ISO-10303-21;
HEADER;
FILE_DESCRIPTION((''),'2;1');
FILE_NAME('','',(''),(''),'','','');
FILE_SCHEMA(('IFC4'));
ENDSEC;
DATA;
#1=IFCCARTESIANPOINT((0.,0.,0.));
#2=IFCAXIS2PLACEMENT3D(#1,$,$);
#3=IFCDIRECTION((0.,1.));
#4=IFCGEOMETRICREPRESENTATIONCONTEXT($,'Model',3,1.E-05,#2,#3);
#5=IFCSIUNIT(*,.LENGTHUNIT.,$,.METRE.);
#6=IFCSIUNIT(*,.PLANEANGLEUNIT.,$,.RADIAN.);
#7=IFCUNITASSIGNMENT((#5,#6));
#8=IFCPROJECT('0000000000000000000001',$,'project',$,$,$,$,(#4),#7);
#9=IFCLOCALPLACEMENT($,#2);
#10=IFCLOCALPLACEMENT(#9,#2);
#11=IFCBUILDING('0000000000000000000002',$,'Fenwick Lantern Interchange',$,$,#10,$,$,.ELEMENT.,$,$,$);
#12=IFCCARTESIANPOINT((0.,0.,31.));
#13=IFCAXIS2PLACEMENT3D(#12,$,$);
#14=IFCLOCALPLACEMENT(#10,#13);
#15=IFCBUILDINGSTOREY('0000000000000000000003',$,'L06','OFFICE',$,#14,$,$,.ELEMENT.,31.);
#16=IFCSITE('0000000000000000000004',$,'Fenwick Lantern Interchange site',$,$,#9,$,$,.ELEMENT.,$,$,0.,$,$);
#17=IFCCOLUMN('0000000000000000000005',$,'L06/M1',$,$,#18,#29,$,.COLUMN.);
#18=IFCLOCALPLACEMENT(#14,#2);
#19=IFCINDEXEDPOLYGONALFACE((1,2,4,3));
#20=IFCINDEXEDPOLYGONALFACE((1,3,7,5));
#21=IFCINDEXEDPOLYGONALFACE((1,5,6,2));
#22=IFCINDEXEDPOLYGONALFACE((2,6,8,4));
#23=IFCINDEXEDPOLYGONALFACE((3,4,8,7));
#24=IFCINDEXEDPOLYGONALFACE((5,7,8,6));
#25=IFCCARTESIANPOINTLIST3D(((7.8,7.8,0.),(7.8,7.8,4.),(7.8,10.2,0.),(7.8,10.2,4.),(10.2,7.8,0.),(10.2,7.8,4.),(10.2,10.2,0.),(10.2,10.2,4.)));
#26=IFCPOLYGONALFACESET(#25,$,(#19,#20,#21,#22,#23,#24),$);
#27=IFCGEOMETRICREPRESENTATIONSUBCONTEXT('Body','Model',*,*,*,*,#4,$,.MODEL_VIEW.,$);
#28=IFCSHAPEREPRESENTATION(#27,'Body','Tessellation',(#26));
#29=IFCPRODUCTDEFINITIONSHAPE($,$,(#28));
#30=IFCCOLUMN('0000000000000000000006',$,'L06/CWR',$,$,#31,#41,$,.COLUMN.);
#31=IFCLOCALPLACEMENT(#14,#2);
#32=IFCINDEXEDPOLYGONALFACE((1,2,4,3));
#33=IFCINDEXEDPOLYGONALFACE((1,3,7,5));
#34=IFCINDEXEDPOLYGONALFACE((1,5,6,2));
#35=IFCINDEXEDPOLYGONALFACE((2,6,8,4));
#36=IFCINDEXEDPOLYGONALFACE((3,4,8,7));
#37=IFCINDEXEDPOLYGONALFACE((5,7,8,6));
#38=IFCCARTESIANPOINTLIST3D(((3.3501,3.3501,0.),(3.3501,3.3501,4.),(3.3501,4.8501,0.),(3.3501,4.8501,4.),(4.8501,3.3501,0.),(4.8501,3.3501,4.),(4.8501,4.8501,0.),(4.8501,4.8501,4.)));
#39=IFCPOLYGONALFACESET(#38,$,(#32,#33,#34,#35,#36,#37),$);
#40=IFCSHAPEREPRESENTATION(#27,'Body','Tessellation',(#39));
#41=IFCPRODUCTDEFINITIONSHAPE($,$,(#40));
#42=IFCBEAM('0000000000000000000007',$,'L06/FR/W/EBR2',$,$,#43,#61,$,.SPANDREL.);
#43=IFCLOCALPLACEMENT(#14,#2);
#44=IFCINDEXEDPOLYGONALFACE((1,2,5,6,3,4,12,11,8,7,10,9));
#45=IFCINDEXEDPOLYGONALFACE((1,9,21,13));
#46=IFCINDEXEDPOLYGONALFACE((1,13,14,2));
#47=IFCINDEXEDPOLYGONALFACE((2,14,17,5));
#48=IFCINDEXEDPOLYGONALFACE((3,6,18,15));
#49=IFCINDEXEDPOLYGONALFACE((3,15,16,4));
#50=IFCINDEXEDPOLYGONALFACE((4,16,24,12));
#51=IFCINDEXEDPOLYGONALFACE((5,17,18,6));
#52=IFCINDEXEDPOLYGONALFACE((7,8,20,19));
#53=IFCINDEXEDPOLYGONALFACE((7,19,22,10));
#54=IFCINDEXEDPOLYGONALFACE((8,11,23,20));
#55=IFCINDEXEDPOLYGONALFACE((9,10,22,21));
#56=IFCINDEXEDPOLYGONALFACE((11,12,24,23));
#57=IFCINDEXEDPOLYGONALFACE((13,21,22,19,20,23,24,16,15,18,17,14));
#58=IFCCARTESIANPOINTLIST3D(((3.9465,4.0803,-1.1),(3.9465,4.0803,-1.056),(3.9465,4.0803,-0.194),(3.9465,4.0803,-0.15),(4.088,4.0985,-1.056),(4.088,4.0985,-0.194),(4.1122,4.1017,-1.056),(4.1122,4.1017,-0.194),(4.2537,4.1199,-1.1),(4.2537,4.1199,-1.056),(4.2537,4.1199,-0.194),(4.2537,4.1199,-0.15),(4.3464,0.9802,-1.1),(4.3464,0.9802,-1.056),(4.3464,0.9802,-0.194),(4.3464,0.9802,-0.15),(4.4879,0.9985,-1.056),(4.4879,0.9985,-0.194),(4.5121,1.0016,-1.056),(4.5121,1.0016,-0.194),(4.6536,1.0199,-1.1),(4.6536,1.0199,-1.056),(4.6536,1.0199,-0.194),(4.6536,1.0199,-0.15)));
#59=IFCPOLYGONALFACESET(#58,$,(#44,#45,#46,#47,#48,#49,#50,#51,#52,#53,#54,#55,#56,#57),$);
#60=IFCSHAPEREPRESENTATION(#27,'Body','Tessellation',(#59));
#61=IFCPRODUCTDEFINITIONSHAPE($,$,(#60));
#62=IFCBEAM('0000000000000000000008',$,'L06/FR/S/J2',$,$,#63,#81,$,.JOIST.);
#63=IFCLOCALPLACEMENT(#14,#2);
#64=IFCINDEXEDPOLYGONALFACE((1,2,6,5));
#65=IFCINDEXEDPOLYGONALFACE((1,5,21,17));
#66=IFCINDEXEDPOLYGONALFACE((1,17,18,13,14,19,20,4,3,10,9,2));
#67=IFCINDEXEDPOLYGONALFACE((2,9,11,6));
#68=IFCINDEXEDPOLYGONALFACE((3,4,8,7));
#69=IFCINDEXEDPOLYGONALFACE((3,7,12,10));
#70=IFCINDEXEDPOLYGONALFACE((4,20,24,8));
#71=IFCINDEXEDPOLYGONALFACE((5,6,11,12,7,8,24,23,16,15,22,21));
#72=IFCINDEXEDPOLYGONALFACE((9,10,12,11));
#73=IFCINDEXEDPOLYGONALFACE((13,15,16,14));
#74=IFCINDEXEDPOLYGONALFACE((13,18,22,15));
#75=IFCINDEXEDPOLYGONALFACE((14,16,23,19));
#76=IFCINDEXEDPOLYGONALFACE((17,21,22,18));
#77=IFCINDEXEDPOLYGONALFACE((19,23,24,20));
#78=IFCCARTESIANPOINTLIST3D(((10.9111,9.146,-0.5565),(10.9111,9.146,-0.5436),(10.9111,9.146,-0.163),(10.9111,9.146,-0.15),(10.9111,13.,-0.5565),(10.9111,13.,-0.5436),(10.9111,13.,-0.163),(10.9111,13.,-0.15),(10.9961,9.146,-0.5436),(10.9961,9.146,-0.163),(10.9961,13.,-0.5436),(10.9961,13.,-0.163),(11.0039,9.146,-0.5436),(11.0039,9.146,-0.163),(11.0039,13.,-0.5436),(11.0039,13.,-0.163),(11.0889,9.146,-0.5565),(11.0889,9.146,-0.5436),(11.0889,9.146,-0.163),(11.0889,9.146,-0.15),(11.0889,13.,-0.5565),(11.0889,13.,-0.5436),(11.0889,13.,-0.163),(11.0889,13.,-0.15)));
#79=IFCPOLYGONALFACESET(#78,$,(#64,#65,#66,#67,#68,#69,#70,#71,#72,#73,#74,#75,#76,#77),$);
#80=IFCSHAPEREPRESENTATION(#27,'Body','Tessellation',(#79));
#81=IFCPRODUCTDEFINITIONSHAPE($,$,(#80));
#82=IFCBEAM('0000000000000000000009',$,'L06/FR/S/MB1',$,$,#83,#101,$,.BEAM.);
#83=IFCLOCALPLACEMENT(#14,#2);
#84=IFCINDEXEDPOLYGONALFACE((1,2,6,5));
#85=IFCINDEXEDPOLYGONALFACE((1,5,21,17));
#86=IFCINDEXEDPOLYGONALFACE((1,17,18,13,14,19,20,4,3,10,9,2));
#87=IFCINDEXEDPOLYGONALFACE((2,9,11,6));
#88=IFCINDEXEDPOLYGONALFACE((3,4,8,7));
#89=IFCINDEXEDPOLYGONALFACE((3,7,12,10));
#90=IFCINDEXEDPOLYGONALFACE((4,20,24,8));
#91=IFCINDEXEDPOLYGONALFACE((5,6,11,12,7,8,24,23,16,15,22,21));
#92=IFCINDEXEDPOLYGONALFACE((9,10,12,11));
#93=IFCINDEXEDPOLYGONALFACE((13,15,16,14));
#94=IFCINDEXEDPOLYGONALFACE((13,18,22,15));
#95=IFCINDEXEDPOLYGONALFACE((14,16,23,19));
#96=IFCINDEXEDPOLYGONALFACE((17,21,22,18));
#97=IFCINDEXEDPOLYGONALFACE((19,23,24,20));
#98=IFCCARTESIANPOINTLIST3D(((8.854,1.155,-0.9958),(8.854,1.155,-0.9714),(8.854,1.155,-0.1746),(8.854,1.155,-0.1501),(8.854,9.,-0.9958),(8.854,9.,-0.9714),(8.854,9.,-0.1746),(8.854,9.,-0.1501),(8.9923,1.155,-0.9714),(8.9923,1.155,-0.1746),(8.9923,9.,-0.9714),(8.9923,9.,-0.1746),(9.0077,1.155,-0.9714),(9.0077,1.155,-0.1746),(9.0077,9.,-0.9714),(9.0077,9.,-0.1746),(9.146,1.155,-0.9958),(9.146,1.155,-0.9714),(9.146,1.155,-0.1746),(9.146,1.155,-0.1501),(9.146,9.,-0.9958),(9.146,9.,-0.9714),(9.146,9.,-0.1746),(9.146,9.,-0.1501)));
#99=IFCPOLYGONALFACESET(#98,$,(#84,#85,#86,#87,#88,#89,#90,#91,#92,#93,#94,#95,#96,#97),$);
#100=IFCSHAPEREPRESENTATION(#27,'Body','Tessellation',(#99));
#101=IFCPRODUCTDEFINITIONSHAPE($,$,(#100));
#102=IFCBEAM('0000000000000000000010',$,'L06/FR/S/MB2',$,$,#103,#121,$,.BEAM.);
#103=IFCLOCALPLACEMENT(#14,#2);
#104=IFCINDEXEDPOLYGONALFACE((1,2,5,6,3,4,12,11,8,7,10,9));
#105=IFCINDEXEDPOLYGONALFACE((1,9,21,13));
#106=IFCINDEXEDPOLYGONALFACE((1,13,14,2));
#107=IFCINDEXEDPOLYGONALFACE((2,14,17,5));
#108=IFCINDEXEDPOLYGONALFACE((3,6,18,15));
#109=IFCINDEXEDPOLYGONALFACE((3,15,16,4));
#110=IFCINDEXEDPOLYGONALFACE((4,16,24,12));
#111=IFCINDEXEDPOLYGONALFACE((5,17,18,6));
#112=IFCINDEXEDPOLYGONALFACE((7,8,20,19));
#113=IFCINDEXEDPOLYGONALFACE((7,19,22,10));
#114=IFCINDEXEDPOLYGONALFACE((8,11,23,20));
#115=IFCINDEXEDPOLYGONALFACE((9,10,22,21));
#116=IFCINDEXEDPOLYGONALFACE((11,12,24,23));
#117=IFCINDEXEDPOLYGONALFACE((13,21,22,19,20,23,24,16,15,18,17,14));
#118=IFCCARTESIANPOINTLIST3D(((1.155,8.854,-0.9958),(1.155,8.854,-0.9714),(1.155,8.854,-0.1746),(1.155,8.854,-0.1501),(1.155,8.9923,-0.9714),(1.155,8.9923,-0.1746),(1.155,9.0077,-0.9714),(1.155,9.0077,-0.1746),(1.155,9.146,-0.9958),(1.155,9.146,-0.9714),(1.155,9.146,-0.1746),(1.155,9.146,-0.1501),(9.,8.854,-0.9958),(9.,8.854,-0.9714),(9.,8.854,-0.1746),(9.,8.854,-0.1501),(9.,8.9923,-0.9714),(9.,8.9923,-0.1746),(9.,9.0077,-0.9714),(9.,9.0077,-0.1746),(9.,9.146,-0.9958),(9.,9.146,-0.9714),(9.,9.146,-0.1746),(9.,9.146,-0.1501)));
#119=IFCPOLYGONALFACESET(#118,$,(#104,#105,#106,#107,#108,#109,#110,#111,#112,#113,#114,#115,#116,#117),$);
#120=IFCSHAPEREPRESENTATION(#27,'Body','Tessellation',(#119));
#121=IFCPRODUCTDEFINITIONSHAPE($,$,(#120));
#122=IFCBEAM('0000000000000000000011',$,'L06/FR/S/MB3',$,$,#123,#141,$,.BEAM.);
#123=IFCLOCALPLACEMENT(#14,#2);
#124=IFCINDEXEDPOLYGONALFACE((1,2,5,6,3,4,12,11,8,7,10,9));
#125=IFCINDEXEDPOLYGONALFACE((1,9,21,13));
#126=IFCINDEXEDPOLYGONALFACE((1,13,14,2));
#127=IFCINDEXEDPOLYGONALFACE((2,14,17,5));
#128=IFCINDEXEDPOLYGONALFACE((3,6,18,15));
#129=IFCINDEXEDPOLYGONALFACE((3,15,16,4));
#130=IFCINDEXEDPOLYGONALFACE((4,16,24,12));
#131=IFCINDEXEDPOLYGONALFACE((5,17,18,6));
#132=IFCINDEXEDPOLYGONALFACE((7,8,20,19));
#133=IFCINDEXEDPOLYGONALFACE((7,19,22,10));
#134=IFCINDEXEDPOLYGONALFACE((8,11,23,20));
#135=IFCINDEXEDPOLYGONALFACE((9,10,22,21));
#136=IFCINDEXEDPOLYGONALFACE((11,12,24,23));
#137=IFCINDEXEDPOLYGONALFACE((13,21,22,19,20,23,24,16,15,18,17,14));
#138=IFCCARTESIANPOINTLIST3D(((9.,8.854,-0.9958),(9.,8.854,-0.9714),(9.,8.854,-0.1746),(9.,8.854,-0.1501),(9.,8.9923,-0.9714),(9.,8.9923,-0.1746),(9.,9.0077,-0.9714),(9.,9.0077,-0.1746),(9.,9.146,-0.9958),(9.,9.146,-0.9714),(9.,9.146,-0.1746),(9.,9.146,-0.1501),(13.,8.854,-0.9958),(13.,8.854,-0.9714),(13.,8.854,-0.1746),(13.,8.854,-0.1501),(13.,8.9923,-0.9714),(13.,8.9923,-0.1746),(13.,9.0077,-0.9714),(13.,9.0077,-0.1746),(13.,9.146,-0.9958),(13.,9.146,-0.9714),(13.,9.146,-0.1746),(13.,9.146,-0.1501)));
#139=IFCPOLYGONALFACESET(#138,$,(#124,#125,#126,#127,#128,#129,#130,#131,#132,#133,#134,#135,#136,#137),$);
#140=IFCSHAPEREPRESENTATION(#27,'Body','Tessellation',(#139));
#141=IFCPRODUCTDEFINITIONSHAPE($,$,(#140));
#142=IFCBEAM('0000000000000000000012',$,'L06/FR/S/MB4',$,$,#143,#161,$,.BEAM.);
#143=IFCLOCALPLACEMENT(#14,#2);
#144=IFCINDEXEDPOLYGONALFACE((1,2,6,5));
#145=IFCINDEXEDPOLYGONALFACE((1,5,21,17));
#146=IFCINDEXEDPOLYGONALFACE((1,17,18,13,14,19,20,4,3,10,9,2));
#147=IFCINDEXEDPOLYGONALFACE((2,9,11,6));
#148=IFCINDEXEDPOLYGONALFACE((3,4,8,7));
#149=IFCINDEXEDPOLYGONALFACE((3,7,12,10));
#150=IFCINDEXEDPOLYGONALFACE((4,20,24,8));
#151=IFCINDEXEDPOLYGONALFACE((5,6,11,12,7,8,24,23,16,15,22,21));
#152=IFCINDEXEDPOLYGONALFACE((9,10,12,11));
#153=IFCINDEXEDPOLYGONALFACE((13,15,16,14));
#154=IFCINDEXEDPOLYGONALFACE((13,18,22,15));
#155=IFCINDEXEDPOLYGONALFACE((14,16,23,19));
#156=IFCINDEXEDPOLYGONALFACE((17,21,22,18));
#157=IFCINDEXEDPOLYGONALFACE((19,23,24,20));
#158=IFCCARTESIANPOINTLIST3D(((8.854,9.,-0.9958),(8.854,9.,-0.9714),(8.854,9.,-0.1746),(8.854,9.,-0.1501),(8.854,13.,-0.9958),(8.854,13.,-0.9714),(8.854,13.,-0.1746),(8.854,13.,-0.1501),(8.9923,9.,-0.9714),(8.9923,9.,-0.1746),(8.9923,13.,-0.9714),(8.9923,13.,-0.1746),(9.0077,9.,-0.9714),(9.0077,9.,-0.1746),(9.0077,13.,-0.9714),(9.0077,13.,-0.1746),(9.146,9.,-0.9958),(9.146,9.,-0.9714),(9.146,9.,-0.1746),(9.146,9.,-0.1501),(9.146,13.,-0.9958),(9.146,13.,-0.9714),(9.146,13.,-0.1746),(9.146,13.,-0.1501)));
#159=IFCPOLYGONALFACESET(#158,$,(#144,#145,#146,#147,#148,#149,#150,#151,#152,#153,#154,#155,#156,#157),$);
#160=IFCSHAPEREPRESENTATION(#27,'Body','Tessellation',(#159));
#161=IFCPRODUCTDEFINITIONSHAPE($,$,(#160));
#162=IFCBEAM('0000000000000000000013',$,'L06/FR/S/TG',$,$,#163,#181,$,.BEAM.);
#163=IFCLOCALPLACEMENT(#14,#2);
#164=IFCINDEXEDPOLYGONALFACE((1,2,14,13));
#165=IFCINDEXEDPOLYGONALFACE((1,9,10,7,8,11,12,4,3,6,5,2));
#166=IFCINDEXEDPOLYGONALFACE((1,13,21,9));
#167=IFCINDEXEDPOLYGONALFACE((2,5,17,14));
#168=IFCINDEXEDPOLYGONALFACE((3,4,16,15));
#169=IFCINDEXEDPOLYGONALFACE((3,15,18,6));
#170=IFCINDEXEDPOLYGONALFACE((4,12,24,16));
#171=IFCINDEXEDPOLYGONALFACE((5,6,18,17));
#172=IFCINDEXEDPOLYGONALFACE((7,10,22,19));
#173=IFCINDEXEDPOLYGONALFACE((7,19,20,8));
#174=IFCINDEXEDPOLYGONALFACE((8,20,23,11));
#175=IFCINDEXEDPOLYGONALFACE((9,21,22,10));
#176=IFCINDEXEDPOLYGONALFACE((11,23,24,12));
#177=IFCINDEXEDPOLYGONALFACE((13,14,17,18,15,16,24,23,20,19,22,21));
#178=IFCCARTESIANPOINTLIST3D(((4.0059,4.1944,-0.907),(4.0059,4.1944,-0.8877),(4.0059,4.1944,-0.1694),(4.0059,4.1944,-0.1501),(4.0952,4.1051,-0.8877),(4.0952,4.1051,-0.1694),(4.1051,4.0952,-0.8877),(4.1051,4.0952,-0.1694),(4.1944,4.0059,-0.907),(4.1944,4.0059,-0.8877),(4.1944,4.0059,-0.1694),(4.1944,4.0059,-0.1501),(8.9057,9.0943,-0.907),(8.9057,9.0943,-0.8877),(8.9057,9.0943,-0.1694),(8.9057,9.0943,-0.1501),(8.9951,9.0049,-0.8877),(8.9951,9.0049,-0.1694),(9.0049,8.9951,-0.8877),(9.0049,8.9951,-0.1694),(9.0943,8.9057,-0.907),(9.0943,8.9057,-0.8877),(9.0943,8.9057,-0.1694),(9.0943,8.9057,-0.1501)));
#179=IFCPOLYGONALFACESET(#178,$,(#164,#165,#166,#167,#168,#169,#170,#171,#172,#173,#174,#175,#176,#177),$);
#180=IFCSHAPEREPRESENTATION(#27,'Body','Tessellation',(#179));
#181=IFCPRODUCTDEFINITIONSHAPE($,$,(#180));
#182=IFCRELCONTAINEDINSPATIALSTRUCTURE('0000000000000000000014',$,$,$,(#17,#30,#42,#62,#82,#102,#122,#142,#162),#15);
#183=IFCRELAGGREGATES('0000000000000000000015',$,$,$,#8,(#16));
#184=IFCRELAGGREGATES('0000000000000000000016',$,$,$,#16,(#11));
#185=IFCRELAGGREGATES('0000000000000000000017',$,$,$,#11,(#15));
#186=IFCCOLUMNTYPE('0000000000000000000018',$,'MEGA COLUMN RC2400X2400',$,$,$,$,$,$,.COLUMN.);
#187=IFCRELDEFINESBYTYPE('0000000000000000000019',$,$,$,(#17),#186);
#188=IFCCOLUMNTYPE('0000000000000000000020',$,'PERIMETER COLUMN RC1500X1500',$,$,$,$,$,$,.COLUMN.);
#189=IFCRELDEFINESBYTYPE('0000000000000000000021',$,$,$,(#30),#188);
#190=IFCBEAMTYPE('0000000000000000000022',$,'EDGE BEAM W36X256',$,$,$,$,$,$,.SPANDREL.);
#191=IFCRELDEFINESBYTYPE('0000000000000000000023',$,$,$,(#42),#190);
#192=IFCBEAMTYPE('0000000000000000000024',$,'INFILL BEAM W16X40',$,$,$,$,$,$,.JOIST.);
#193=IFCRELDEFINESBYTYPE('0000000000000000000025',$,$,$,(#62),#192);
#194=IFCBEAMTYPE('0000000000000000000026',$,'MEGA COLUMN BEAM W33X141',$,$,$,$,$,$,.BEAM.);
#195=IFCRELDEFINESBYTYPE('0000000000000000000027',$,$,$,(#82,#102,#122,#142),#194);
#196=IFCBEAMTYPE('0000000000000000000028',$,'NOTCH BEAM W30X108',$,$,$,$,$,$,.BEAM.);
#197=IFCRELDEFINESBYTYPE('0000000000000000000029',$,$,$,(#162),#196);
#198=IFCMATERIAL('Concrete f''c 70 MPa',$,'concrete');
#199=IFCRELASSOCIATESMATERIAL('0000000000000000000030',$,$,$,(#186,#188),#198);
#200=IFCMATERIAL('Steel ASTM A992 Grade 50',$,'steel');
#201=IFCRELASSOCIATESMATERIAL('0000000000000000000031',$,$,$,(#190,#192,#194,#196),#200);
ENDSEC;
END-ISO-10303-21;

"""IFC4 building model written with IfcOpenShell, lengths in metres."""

from ifc_helpers import new_model, si_unit, direction, frame, origin, origin_2d, place, context, subcontext, project, spatial, rectangle, i_section, extrude, material, material_profile, profile_set, type_object, element, save


model = new_model("IFC4")

# Units and contexts
model_context = context("Model", 3, precision=1e-05, world=origin(), true_north=direction((0.0, 1.0)))
body_context = subcontext(model_context, "Body", "Model", "MODEL_VIEW")
ifc_project = project(units=[si_unit("LENGTHUNIT", "METRE"), si_unit("PLANEANGLEUNIT", "RADIAN")], contexts=[model_context])

# Site, building, storey
site_placement = place(None, origin())
site = spatial("IfcSite", under=ifc_project, at=site_placement, Name="Fenwick Lantern Interchange site", CompositionType="ELEMENT", RefElevation=0.0)
building_placement = place(site_placement, origin())
building = spatial("IfcBuilding", under=site, at=building_placement, Name="Fenwick Lantern Interchange", CompositionType="ELEMENT")
storey_placement = place(building_placement, frame((0.0, 0.0, 31.0)))
storey = spatial("IfcBuildingStorey", under=building, at=storey_placement, Name="L06", Description="OFFICE", CompositionType="ELEMENT", Elevation=31.0)

# Columns
ifc_material_1 = material(Name="Concrete f'c 70 MPa", Category="concrete")
ifc_material_profile_1 = material_profile(ifc_material_1, rectangle(XDim=2.3999, YDim=2.3999, at=origin_2d()), Name="RC2400X2400")
ifc_profile_set_1 = profile_set([ifc_material_profile_1], Name="Concrete f'c 70 MPa")
column_type_1 = type_object("IfcColumnType", Name="MEGA COLUMN RC2400X2400", PredefinedType="COLUMN", material=ifc_profile_set_1)
column_1_placement = place(storey_placement, frame((9.0, 9.0, 0.0), z_axis=(0.0, 0.0, 1.0), x_axis=(1.0, 0.0, 0.0)))
element("IfcColumn", 1, at=column_1_placement, inside=storey, type_object=column_type_1, Name="L06/M1", PredefinedType="COLUMN", context=body_context, shape_type="SweptSolid", body=[
    extrude(rectangle(XDim=2.3999, YDim=2.3999, at=origin_2d()), origin(), (0.0, 0.0, 1.0), 4.0),
])
ifc_material_profile_2 = material_profile(ifc_material_1, rectangle(XDim=1.5, YDim=1.5, at=origin_2d()), Name="RC1500X1500")
ifc_profile_set_2 = profile_set([ifc_material_profile_2], Name="Concrete f'c 70 MPa")
column_type_2 = type_object("IfcColumnType", Name="PERIMETER COLUMN RC1500X1500", PredefinedType="COLUMN", material=ifc_profile_set_2)
column_2_placement = place(storey_placement, frame((4.1001, 4.1001, 0.0), z_axis=(0.0, 0.0, 1.0), x_axis=(1.0, 0.0, 0.0)))
element("IfcColumn", 2, at=column_2_placement, inside=storey, type_object=column_type_2, Name="L06/CWR", PredefinedType="COLUMN", context=body_context, shape_type="SweptSolid", body=[
    extrude(rectangle(XDim=1.5, YDim=1.5, at=origin_2d()), origin(), (0.0, 0.0, 1.0), 4.0),
])

# Beams
ifc_material_2 = material(Name="Steel ASTM A992 Grade 50", Category="steel")
ifc_material_profile_3 = material_profile(ifc_material_2, i_section(OverallWidth=0.3098, OverallDepth=0.95, WebThickness=0.0244, FlangeThickness=0.0439, at=origin_2d()), Name="W36X256")
ifc_profile_set_3 = profile_set([ifc_material_profile_3], Name="Steel ASTM A992 Grade 50")
beam_type_1 = type_object("IfcBeamType", Name="EDGE BEAM W36X256", PredefinedType="SPANDREL", material=ifc_profile_set_3)
beam_1_placement = place(storey_placement, frame((4.1001, 4.1001, -0.625), z_axis=(0.127937, -0.991782, 0.0), x_axis=(0.991782, 0.127937, 0.0)))
element("IfcBeam", 3, at=beam_1_placement, inside=storey, type_object=beam_type_1, Name="L06/FR/W/EBR2", PredefinedType="SPANDREL", context=body_context, shape_type="SweptSolid", body=[
    extrude(i_section(OverallWidth=0.3098, OverallDepth=0.95, WebThickness=0.0244, FlangeThickness=0.0439, at=origin_2d()), origin(), (0.0, 0.0, 1.0), 3.1257),
])
ifc_material_profile_4 = material_profile(ifc_material_2, i_section(OverallWidth=0.1777, OverallDepth=0.4065, WebThickness=0.0078, FlangeThickness=0.0129, at=origin_2d()), Name="W16X40")
ifc_profile_set_4 = profile_set([ifc_material_profile_4], Name="Steel ASTM A992 Grade 50")
beam_type_2 = type_object("IfcBeamType", Name="INFILL BEAM W16X40", PredefinedType="JOIST", material=ifc_profile_set_4)
beam_2_placement = place(storey_placement, frame((11.0, 9.146, -0.3533), z_axis=(0.0, 1.0, 0.0), x_axis=(-1.0, 0.0, 0.0)))
element("IfcBeam", 4, at=beam_2_placement, inside=storey, type_object=beam_type_2, Name="L06/FR/S/J2", PredefinedType="JOIST", context=body_context, shape_type="SweptSolid", body=[
    extrude(i_section(OverallWidth=0.1777, OverallDepth=0.4065, WebThickness=0.0078, FlangeThickness=0.0129, at=origin_2d()), origin(), (0.0, 0.0, 1.0), 3.854),
])
ifc_material_profile_5 = material_profile(ifc_material_2, i_section(OverallWidth=0.292, OverallDepth=0.8457, WebThickness=0.0154, FlangeThickness=0.0244, at=origin_2d()), Name="W33X141")
ifc_profile_set_5 = profile_set([ifc_material_profile_5], Name="Steel ASTM A992 Grade 50")
beam_type_3 = type_object("IfcBeamType", Name="MEGA COLUMN BEAM W33X141", PredefinedType="BEAM", material=ifc_profile_set_5)
for number, where, z_axis, x_axis, name in (
    (5, (9.0, 9.0, -0.573), (0.0, -1.0, 0.0), (1.0, 0.0, 0.0), "L06/FR/S/MB1"),
    (6, (9.0, 9.0, -0.573), (-1.0, 0.0, 0.0), (0.0, -1.0, 0.0), "L06/FR/S/MB2"),
):
    element("IfcBeam", number, at=place(storey_placement, frame(where, z_axis=z_axis, x_axis=x_axis)), inside=storey, type_object=beam_type_3, Name=name, PredefinedType="BEAM", context=body_context, shape_type="SweptSolid", body=[
        extrude(i_section(OverallWidth=0.292, OverallDepth=0.8457, WebThickness=0.0154, FlangeThickness=0.0244, at=origin_2d()), origin(), (0.0, 0.0, 1.0), 7.845),
    ])
for number, where, z_axis, x_axis, name in (
    (7, (9.0, 9.0, -0.573), (1.0, 0.0, 0.0), (0.0, 1.0, 0.0), "L06/FR/S/MB3"),
    (8, (9.0, 9.0, -0.573), (0.0, 1.0, 0.0), (-1.0, 0.0, 0.0), "L06/FR/S/MB4"),
):
    element("IfcBeam", number, at=place(storey_placement, frame(where, z_axis=z_axis, x_axis=x_axis)), inside=storey, type_object=beam_type_3, Name=name, PredefinedType="BEAM", context=body_context, shape_type="SweptSolid", body=[
        extrude(i_section(OverallWidth=0.292, OverallDepth=0.8457, WebThickness=0.0154, FlangeThickness=0.0244, at=origin_2d()), origin(), (0.0, 0.0, 1.0), 4.0),
    ])
ifc_material_profile_6 = material_profile(ifc_material_2, i_section(OverallWidth=0.2666, OverallDepth=0.7568, WebThickness=0.0139, FlangeThickness=0.0193, at=origin_2d()), Name="W30X108")
ifc_profile_set_6 = profile_set([ifc_material_profile_6], Name="Steel ASTM A992 Grade 50")
beam_type_4 = type_object("IfcBeamType", Name="NOTCH BEAM W30X108", PredefinedType="BEAM", material=ifc_profile_set_6)
beam_3_placement = place(storey_placement, frame((9.0, 9.0, -0.5286), z_axis=(-0.707107, -0.707107, 0.0), x_axis=(0.707107, -0.707107, 0.0)))
element("IfcBeam", 9, at=beam_3_placement, inside=storey, type_object=beam_type_4, Name="L06/FR/S/TG", PredefinedType="BEAM", context=body_context, shape_type="SweptSolid", body=[
    extrude(i_section(OverallWidth=0.2666, OverallDepth=0.7568, WebThickness=0.0139, FlangeThickness=0.0193, at=origin_2d()), origin(), (0.0, 0.0, 1.0), 6.9294),
])

save(model, "model.ifc")
